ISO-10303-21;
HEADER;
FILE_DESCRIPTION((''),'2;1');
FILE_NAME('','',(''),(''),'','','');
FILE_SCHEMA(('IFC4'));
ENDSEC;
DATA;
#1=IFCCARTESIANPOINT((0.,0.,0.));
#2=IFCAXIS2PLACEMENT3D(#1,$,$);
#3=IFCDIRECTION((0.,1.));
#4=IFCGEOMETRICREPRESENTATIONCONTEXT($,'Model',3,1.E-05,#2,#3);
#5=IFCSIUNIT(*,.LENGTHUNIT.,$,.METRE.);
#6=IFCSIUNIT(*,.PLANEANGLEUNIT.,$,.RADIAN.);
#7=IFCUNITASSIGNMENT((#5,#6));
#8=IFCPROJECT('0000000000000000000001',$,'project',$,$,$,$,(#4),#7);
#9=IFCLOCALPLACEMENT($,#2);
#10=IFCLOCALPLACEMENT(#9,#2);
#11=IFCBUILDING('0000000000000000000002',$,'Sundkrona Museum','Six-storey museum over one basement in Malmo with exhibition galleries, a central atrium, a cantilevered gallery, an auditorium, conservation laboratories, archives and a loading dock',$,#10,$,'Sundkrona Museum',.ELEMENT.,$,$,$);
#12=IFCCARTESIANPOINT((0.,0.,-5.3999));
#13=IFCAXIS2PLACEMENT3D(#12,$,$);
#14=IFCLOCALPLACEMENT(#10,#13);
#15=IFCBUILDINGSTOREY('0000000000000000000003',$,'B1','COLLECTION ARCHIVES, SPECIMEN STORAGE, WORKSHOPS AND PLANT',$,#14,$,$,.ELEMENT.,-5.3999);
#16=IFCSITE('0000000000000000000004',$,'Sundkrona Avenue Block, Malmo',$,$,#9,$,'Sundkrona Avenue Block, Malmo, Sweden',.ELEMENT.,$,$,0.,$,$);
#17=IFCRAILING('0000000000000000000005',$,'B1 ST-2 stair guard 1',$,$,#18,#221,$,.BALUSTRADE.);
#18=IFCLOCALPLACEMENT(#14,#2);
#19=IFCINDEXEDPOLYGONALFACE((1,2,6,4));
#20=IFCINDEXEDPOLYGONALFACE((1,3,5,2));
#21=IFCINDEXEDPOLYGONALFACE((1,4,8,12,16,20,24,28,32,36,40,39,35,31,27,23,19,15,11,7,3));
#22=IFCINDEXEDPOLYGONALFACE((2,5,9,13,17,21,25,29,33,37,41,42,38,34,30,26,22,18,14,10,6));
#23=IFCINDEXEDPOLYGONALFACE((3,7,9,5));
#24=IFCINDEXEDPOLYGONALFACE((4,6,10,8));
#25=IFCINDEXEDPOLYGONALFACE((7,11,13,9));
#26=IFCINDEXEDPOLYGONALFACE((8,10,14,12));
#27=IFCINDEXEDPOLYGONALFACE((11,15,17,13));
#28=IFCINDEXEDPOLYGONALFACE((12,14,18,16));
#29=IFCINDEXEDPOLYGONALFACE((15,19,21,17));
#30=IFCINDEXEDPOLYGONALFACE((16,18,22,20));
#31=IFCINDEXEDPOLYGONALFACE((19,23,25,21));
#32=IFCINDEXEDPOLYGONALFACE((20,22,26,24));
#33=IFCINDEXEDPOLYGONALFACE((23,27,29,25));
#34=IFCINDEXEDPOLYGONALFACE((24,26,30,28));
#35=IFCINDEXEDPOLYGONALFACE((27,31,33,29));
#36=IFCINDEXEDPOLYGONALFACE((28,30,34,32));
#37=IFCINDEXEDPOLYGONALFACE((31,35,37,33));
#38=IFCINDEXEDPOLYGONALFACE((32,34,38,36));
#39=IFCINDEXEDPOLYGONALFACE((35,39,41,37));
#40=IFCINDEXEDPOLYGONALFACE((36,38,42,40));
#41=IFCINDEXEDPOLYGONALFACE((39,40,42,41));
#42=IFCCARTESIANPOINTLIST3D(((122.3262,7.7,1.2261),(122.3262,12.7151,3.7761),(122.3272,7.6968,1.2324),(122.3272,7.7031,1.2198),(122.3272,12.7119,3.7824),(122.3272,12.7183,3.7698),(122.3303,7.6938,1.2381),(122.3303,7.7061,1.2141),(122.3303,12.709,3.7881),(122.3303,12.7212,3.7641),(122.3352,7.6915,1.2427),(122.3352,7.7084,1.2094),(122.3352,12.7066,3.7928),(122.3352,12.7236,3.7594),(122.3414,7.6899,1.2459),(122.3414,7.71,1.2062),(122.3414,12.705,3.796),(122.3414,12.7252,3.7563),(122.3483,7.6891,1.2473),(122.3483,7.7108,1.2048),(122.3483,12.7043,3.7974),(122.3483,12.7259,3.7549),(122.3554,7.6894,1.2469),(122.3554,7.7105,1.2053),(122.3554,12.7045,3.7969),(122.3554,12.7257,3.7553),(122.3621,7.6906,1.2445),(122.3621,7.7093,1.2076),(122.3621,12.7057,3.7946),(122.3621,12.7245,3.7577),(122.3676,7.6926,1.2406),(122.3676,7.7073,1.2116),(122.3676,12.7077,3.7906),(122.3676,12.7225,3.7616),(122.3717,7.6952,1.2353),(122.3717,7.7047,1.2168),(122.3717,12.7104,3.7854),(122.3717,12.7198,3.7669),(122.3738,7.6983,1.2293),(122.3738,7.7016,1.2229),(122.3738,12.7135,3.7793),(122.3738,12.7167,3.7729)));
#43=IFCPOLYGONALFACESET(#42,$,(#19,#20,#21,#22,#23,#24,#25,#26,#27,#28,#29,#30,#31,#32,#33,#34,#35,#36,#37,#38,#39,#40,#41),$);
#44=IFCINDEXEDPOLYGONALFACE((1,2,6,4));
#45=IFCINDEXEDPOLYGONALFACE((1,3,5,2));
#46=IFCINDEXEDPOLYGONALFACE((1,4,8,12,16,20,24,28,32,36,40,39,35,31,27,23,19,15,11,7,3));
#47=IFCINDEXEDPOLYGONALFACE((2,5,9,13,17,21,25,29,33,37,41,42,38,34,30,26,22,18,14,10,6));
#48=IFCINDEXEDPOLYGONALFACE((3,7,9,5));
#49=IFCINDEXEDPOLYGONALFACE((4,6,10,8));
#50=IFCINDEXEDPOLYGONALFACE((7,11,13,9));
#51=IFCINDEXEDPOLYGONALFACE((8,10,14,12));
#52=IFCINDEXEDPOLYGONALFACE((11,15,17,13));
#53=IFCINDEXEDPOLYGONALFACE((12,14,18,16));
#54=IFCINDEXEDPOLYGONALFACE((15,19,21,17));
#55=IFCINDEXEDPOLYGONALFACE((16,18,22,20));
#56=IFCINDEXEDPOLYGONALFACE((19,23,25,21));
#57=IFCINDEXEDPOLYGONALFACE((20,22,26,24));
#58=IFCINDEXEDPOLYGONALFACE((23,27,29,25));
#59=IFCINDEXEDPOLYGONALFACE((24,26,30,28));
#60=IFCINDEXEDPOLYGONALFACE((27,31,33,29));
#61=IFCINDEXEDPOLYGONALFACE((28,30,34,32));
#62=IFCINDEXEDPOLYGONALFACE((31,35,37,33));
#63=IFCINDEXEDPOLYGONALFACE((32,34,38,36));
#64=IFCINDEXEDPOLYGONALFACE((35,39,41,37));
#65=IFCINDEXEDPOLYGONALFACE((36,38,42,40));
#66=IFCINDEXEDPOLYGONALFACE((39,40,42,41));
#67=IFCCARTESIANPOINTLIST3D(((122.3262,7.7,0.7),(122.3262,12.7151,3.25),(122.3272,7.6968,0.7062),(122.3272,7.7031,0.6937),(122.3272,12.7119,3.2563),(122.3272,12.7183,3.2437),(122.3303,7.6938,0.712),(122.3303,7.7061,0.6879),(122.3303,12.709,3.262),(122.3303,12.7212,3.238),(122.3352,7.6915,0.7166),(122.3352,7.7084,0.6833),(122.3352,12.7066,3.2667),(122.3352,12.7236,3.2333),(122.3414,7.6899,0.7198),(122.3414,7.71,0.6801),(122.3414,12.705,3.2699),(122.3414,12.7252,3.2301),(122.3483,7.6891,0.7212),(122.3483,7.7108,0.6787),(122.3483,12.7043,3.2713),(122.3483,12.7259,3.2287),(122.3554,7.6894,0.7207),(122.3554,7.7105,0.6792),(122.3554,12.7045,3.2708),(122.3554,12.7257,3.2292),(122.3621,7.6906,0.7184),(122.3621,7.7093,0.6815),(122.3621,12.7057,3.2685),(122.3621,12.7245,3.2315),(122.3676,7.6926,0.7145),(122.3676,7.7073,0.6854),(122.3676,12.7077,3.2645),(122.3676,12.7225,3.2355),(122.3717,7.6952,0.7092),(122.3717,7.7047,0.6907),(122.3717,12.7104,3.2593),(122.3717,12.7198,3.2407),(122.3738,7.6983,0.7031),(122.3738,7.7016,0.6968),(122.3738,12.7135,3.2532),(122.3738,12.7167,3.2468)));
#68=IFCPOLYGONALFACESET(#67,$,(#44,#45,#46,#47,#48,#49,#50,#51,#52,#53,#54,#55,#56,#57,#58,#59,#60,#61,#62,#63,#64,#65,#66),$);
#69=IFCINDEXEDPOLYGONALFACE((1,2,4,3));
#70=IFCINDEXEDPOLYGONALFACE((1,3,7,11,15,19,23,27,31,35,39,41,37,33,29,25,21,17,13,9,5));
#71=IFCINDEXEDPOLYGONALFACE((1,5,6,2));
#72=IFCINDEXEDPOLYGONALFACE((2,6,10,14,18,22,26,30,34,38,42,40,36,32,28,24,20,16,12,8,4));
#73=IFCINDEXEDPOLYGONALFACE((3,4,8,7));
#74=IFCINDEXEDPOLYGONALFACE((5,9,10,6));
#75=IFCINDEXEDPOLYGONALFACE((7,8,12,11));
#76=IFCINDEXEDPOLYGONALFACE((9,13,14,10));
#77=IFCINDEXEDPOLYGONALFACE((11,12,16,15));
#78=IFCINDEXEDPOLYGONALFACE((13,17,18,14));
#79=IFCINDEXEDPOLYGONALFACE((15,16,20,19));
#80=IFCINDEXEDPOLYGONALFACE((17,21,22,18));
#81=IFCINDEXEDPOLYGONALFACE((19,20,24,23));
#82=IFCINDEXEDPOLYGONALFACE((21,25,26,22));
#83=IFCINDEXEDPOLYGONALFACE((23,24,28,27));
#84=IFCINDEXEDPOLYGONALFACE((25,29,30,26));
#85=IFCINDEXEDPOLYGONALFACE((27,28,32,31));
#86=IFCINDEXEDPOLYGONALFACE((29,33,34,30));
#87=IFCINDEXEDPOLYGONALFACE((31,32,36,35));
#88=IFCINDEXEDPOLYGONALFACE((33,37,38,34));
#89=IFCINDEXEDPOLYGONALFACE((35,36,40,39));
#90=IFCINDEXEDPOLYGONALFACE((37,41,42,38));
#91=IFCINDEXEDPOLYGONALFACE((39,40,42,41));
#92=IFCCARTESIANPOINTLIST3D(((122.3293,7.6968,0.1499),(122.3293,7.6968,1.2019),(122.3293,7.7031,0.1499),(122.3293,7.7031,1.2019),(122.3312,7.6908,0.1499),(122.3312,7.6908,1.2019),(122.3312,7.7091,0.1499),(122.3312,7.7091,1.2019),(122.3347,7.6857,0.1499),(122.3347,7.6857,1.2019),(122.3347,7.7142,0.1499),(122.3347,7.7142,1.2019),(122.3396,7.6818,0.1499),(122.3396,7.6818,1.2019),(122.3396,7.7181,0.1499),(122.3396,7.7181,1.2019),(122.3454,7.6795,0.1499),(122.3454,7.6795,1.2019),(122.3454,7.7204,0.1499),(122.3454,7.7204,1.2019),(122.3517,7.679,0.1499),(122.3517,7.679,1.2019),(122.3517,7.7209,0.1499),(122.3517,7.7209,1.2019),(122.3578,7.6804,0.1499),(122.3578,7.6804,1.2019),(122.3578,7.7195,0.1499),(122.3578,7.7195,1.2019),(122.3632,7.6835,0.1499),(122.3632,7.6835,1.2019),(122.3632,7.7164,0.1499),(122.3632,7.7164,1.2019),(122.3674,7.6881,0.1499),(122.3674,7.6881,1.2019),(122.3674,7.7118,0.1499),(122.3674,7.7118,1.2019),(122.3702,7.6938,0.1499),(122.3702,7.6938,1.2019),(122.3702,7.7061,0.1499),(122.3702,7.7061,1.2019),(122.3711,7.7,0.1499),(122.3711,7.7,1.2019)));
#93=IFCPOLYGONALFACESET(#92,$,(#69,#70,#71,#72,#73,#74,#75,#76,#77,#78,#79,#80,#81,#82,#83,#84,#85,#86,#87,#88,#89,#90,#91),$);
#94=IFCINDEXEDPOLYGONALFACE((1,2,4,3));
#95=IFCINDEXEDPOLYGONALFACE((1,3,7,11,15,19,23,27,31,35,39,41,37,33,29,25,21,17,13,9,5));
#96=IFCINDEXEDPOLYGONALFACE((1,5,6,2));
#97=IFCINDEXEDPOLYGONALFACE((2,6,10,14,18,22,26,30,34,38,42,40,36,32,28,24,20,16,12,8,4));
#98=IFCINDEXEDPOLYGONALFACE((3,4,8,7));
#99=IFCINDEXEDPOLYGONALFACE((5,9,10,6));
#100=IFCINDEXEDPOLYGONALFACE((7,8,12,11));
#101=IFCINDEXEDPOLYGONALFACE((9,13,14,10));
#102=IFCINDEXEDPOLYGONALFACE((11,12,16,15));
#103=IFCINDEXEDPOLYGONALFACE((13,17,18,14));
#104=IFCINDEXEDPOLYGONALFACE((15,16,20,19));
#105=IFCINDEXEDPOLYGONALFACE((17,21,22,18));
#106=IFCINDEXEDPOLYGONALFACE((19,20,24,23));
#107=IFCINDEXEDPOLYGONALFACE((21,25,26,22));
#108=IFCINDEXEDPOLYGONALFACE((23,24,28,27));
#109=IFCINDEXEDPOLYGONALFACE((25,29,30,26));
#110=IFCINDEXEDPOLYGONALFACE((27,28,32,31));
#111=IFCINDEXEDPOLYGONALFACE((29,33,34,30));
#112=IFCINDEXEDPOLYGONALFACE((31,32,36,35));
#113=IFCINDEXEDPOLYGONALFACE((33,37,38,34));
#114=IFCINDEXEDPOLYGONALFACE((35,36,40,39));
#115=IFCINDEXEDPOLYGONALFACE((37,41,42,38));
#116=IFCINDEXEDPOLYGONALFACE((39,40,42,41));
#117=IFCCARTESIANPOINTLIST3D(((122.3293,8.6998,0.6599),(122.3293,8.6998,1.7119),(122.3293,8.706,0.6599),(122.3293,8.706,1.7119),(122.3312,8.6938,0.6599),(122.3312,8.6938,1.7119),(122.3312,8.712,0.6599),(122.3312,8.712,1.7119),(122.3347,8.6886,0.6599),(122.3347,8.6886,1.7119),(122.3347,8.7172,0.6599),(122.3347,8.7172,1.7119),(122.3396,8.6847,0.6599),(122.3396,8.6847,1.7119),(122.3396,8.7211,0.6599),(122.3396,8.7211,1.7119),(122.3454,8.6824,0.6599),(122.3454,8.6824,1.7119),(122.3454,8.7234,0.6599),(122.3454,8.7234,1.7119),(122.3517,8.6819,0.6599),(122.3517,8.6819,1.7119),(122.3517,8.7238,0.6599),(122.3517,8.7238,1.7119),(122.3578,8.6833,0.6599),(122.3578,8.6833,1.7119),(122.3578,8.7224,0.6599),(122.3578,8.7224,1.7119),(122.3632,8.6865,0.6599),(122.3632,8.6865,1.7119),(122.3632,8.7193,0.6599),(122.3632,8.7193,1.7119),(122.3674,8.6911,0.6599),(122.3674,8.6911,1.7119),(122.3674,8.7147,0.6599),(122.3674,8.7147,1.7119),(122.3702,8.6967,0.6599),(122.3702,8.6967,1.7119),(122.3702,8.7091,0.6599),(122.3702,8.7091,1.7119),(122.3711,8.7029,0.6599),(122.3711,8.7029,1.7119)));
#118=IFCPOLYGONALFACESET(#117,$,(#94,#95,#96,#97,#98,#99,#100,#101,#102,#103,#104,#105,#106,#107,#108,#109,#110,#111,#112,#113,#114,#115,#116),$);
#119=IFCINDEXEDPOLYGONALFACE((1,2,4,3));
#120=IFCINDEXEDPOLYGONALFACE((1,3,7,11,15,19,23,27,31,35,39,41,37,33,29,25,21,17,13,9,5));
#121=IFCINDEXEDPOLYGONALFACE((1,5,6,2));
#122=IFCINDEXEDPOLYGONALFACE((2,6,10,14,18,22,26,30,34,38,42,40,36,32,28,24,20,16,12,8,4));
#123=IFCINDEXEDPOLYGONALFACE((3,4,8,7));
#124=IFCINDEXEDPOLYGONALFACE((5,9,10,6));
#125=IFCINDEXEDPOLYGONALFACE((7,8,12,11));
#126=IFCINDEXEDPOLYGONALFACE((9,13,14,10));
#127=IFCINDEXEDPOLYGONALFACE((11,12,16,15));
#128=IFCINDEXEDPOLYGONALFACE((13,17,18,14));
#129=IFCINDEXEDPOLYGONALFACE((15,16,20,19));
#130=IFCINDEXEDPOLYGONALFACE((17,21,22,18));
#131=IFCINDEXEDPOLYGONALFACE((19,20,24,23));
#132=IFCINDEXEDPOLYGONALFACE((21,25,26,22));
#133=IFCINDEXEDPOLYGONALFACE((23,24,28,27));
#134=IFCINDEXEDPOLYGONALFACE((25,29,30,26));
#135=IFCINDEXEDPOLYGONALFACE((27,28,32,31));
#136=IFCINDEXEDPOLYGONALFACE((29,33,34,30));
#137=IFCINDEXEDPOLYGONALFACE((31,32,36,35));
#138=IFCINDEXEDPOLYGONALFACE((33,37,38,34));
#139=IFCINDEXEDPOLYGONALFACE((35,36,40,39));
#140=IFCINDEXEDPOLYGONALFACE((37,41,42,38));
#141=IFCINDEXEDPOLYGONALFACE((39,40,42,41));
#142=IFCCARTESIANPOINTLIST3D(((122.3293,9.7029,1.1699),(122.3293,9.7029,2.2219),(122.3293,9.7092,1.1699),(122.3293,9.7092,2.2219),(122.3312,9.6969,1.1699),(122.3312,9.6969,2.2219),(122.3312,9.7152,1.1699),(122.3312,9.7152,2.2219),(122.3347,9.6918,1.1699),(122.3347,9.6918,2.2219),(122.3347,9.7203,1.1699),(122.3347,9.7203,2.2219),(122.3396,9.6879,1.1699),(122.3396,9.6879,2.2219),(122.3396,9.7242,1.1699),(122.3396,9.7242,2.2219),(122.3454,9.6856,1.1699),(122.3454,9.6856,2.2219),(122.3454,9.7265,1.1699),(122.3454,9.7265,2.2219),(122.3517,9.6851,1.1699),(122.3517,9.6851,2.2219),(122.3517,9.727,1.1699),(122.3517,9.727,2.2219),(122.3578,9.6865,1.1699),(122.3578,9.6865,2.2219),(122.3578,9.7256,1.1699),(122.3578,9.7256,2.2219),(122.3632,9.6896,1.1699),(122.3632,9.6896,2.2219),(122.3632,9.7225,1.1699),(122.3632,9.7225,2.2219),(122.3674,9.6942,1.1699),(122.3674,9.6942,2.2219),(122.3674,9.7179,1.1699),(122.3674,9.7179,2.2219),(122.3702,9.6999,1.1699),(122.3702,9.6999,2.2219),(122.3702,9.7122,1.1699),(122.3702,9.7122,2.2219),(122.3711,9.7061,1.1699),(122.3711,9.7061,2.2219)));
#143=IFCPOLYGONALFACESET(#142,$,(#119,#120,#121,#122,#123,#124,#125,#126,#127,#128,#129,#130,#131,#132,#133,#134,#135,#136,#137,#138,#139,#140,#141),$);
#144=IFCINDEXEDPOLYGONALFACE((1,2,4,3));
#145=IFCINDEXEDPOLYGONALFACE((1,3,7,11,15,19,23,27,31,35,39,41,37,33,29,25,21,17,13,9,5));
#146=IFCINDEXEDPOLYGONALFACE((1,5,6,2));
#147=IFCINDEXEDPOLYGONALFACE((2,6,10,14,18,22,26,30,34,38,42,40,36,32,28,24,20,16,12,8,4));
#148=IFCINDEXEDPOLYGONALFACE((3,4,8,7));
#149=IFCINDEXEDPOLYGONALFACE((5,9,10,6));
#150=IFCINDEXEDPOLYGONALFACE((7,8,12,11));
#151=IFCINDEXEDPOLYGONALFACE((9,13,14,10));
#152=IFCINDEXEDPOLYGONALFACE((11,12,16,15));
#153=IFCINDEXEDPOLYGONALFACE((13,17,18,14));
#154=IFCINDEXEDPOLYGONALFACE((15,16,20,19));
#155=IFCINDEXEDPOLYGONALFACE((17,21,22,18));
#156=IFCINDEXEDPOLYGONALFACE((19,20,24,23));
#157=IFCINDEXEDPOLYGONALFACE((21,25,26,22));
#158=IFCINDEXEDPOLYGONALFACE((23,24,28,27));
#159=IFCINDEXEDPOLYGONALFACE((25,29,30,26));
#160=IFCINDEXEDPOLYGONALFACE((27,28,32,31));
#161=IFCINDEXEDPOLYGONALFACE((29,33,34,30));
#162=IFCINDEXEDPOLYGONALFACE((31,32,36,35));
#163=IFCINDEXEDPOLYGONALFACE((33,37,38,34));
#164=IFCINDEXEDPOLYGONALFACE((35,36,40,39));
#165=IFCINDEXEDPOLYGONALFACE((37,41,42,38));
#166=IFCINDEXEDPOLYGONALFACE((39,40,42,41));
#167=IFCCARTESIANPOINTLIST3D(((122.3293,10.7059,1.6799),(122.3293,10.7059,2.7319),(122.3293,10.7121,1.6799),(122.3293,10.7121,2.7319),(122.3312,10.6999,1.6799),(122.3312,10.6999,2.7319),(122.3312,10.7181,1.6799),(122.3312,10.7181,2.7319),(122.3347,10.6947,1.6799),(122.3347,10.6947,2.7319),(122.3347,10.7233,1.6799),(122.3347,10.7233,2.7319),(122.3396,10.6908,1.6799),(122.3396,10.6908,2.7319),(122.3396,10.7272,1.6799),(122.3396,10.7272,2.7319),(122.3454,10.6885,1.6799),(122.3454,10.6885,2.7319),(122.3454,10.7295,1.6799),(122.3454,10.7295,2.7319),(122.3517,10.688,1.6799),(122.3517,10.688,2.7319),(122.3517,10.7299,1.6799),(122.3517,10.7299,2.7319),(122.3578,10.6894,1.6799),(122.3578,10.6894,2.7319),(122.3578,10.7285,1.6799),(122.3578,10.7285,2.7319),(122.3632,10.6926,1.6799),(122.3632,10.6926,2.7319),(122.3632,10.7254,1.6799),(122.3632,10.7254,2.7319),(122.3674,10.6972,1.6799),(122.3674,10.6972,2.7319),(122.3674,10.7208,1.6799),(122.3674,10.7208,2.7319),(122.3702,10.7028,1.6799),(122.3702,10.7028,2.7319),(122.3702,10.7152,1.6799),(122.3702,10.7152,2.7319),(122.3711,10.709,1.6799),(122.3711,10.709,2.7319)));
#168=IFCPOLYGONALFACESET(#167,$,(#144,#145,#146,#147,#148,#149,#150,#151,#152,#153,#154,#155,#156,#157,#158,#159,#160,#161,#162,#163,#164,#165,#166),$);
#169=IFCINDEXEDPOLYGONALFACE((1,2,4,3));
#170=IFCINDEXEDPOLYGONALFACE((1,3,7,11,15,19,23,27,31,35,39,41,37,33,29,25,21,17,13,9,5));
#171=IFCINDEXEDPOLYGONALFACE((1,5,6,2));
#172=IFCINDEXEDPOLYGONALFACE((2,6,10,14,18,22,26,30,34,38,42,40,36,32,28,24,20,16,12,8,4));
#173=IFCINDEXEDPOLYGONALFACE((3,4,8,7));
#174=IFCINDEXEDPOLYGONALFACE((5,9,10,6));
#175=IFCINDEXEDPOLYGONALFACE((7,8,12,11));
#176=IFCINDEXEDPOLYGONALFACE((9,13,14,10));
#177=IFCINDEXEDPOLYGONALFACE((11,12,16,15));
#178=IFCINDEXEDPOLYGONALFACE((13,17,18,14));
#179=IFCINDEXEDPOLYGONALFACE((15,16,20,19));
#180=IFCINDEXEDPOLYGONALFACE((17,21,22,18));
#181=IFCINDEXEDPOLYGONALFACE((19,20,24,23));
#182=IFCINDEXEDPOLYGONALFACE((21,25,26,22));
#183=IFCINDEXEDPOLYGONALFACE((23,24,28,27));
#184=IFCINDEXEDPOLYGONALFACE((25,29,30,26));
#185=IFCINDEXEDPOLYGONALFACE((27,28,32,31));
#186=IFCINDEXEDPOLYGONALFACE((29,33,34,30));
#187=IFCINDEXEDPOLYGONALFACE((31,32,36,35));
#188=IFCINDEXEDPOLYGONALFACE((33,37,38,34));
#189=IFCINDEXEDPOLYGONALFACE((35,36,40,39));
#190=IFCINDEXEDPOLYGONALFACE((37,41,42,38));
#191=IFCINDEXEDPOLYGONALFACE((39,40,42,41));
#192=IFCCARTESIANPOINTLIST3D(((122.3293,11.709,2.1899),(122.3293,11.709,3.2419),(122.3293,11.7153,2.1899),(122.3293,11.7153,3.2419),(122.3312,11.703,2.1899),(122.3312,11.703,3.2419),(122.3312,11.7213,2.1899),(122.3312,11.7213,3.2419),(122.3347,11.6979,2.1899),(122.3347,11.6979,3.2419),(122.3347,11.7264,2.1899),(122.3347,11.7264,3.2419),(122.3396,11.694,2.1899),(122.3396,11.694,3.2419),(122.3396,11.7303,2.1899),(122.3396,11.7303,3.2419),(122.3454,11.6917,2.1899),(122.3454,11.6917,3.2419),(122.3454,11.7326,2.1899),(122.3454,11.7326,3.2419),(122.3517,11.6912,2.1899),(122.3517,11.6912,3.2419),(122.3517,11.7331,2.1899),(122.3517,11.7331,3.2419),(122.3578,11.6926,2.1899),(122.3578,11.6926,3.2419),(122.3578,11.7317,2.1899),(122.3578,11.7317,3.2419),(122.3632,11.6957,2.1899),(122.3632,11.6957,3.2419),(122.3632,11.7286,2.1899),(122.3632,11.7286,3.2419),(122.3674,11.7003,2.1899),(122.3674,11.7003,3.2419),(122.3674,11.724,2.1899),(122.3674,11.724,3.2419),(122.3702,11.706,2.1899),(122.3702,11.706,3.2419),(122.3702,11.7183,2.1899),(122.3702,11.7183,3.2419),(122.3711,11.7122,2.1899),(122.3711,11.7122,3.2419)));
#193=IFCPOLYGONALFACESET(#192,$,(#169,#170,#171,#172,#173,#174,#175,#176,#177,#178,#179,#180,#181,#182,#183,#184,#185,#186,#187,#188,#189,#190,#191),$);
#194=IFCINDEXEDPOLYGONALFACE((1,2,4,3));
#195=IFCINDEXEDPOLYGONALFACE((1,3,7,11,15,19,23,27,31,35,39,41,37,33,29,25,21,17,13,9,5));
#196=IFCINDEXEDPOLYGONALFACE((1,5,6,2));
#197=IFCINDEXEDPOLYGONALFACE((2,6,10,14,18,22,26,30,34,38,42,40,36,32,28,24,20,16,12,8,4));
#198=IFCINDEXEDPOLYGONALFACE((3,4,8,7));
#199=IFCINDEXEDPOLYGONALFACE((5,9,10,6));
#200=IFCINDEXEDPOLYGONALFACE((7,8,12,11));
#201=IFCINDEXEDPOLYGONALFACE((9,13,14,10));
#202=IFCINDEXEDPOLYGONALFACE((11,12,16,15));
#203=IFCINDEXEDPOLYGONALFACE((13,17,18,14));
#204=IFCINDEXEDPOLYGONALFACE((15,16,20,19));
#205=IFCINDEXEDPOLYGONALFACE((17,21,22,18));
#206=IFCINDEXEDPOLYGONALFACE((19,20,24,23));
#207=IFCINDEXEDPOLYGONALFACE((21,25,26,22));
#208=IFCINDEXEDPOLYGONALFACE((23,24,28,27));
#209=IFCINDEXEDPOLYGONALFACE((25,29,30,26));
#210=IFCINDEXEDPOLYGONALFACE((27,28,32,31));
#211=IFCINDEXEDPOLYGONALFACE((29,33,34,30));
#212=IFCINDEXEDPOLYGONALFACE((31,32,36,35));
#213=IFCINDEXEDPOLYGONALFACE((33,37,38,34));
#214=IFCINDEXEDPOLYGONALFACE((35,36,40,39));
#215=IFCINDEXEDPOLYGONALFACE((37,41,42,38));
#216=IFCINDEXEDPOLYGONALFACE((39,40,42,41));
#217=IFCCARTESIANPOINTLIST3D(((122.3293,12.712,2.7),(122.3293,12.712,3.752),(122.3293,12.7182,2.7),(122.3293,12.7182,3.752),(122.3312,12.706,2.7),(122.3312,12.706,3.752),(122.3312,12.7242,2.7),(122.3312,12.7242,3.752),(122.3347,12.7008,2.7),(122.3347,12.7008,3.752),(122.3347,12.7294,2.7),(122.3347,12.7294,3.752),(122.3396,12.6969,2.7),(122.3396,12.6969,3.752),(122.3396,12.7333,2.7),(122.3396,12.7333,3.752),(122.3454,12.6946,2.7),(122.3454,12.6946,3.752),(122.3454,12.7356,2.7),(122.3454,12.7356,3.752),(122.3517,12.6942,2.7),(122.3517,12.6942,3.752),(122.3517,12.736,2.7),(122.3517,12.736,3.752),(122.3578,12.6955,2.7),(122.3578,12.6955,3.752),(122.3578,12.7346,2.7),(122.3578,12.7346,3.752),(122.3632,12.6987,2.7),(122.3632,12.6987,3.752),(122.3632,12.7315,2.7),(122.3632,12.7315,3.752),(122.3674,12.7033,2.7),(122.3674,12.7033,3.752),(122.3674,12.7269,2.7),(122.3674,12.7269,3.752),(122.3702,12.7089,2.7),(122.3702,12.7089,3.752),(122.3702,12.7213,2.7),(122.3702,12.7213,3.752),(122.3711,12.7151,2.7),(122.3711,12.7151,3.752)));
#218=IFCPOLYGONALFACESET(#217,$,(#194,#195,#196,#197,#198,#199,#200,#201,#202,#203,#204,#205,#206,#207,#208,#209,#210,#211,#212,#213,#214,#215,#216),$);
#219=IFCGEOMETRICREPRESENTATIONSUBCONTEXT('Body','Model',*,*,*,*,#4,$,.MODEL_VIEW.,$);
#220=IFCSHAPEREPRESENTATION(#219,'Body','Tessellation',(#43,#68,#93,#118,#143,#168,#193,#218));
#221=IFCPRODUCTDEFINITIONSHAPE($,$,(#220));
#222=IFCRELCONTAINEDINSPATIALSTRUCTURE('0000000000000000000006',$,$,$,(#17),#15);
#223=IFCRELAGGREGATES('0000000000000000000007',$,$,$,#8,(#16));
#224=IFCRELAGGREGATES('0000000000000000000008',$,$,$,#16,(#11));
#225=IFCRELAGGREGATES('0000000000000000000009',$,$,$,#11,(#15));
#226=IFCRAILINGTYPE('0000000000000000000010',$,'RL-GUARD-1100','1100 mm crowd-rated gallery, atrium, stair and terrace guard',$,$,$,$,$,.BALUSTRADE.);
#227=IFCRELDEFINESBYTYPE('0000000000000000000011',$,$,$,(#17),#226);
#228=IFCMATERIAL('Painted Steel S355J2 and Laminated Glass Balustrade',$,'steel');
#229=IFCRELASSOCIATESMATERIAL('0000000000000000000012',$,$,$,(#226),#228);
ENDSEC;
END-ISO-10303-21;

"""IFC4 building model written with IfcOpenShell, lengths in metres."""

from ifc_helpers import new_model, si_unit, direction, frame, origin, origin_2d, place, context, subcontext, project, spatial, circle, extrude, material, type_object, element, save


model = new_model("IFC4")

# Units and contexts
model_context = context("Model", 3, precision=1e-05, world=origin(), true_north=direction((0.0, 1.0)))
body_context = subcontext(model_context, "Body", "Model", "MODEL_VIEW")
ifc_project = project(units=[si_unit("LENGTHUNIT", "METRE"), si_unit("PLANEANGLEUNIT", "RADIAN")], contexts=[model_context])

# Site, building, storey
site_placement = place(None, origin())
site = spatial("IfcSite", under=ifc_project, at=site_placement, Name="Sundkrona Avenue Block, Malmo", LongName="Sundkrona Avenue Block, Malmo, Sweden", CompositionType="ELEMENT", RefElevation=0.0)
building_placement = place(site_placement, origin())
building = spatial("IfcBuilding", under=site, at=building_placement, Name="Sundkrona Museum", Description="Six-storey museum over one basement in Malmo with exhibition galleries, a central atrium, a cantilevered gallery, an auditorium, conservation laboratories, archives and a loading dock", LongName="Sundkrona Museum", CompositionType="ELEMENT")
storey_placement = place(building_placement, frame((0.0, 0.0, -5.3999)))
storey = spatial("IfcBuildingStorey", under=building, at=storey_placement, Name="B1", Description="COLLECTION ARCHIVES, SPECIMEN STORAGE, WORKSHOPS AND PLANT", CompositionType="ELEMENT", Elevation=-5.3999)

# Railing
ifc_material_1 = material(Name="Painted Steel S355J2 and Laminated Glass Balustrade", Category="steel")
railing_type_1 = type_object("IfcRailingType", Name="RL-GUARD-1100", Description="1100 mm crowd-rated gallery, atrium, stair and terrace guard", PredefinedType="BALUSTRADE", material=ifc_material_1)
railing_1_placement = place(storey_placement, frame((122.3501, 7.7, 0.1499)))
element("IfcRailing", 1, at=railing_1_placement, inside=storey, type_object=railing_type_1, Name="B1 ST-2 stair guard 1", PredefinedType="BALUSTRADE", context=body_context, shape_type="SweptSolid", body=[
    extrude(circle(Radius=0.0239, at=origin_2d()), frame((0.0, 0.0, 1.0762), z_axis=(0.0, 0.891387, 0.453244), x_axis=(-1.0, 0.0, 0.0)), (0.0, 0.0, 1.0), 5.6262),
    extrude(circle(Radius=0.0239, at=origin_2d()), frame((0.0, 0.0, 0.55), z_axis=(0.0, 0.891387, 0.453244), x_axis=(-1.0, 0.0, 0.0)), (0.0, 0.0, 1.0), 5.6262),
    extrude(circle(Radius=0.021, at=origin_2d()), origin(), (0.0, 0.0, 1.0), 1.052),
    extrude(circle(Radius=0.021, at=origin_2d()), frame((0.0, 1.0029, 0.51)), (0.0, 0.0, 1.0), 1.052),
    extrude(circle(Radius=0.021, at=origin_2d()), frame((0.0, 2.0061, 1.02)), (0.0, 0.0, 1.0), 1.052),
    extrude(circle(Radius=0.021, at=origin_2d()), frame((0.0, 3.009, 1.53)), (0.0, 0.0, 1.0), 1.052),
    extrude(circle(Radius=0.021, at=origin_2d()), frame((0.0, 4.0122, 2.04)), (0.0, 0.0, 1.0), 1.052),
    extrude(circle(Radius=0.021, at=origin_2d()), frame((0.0, 5.0151, 2.55)), (0.0, 0.0, 1.0), 1.052),
])

save(model, "model.ifc")
